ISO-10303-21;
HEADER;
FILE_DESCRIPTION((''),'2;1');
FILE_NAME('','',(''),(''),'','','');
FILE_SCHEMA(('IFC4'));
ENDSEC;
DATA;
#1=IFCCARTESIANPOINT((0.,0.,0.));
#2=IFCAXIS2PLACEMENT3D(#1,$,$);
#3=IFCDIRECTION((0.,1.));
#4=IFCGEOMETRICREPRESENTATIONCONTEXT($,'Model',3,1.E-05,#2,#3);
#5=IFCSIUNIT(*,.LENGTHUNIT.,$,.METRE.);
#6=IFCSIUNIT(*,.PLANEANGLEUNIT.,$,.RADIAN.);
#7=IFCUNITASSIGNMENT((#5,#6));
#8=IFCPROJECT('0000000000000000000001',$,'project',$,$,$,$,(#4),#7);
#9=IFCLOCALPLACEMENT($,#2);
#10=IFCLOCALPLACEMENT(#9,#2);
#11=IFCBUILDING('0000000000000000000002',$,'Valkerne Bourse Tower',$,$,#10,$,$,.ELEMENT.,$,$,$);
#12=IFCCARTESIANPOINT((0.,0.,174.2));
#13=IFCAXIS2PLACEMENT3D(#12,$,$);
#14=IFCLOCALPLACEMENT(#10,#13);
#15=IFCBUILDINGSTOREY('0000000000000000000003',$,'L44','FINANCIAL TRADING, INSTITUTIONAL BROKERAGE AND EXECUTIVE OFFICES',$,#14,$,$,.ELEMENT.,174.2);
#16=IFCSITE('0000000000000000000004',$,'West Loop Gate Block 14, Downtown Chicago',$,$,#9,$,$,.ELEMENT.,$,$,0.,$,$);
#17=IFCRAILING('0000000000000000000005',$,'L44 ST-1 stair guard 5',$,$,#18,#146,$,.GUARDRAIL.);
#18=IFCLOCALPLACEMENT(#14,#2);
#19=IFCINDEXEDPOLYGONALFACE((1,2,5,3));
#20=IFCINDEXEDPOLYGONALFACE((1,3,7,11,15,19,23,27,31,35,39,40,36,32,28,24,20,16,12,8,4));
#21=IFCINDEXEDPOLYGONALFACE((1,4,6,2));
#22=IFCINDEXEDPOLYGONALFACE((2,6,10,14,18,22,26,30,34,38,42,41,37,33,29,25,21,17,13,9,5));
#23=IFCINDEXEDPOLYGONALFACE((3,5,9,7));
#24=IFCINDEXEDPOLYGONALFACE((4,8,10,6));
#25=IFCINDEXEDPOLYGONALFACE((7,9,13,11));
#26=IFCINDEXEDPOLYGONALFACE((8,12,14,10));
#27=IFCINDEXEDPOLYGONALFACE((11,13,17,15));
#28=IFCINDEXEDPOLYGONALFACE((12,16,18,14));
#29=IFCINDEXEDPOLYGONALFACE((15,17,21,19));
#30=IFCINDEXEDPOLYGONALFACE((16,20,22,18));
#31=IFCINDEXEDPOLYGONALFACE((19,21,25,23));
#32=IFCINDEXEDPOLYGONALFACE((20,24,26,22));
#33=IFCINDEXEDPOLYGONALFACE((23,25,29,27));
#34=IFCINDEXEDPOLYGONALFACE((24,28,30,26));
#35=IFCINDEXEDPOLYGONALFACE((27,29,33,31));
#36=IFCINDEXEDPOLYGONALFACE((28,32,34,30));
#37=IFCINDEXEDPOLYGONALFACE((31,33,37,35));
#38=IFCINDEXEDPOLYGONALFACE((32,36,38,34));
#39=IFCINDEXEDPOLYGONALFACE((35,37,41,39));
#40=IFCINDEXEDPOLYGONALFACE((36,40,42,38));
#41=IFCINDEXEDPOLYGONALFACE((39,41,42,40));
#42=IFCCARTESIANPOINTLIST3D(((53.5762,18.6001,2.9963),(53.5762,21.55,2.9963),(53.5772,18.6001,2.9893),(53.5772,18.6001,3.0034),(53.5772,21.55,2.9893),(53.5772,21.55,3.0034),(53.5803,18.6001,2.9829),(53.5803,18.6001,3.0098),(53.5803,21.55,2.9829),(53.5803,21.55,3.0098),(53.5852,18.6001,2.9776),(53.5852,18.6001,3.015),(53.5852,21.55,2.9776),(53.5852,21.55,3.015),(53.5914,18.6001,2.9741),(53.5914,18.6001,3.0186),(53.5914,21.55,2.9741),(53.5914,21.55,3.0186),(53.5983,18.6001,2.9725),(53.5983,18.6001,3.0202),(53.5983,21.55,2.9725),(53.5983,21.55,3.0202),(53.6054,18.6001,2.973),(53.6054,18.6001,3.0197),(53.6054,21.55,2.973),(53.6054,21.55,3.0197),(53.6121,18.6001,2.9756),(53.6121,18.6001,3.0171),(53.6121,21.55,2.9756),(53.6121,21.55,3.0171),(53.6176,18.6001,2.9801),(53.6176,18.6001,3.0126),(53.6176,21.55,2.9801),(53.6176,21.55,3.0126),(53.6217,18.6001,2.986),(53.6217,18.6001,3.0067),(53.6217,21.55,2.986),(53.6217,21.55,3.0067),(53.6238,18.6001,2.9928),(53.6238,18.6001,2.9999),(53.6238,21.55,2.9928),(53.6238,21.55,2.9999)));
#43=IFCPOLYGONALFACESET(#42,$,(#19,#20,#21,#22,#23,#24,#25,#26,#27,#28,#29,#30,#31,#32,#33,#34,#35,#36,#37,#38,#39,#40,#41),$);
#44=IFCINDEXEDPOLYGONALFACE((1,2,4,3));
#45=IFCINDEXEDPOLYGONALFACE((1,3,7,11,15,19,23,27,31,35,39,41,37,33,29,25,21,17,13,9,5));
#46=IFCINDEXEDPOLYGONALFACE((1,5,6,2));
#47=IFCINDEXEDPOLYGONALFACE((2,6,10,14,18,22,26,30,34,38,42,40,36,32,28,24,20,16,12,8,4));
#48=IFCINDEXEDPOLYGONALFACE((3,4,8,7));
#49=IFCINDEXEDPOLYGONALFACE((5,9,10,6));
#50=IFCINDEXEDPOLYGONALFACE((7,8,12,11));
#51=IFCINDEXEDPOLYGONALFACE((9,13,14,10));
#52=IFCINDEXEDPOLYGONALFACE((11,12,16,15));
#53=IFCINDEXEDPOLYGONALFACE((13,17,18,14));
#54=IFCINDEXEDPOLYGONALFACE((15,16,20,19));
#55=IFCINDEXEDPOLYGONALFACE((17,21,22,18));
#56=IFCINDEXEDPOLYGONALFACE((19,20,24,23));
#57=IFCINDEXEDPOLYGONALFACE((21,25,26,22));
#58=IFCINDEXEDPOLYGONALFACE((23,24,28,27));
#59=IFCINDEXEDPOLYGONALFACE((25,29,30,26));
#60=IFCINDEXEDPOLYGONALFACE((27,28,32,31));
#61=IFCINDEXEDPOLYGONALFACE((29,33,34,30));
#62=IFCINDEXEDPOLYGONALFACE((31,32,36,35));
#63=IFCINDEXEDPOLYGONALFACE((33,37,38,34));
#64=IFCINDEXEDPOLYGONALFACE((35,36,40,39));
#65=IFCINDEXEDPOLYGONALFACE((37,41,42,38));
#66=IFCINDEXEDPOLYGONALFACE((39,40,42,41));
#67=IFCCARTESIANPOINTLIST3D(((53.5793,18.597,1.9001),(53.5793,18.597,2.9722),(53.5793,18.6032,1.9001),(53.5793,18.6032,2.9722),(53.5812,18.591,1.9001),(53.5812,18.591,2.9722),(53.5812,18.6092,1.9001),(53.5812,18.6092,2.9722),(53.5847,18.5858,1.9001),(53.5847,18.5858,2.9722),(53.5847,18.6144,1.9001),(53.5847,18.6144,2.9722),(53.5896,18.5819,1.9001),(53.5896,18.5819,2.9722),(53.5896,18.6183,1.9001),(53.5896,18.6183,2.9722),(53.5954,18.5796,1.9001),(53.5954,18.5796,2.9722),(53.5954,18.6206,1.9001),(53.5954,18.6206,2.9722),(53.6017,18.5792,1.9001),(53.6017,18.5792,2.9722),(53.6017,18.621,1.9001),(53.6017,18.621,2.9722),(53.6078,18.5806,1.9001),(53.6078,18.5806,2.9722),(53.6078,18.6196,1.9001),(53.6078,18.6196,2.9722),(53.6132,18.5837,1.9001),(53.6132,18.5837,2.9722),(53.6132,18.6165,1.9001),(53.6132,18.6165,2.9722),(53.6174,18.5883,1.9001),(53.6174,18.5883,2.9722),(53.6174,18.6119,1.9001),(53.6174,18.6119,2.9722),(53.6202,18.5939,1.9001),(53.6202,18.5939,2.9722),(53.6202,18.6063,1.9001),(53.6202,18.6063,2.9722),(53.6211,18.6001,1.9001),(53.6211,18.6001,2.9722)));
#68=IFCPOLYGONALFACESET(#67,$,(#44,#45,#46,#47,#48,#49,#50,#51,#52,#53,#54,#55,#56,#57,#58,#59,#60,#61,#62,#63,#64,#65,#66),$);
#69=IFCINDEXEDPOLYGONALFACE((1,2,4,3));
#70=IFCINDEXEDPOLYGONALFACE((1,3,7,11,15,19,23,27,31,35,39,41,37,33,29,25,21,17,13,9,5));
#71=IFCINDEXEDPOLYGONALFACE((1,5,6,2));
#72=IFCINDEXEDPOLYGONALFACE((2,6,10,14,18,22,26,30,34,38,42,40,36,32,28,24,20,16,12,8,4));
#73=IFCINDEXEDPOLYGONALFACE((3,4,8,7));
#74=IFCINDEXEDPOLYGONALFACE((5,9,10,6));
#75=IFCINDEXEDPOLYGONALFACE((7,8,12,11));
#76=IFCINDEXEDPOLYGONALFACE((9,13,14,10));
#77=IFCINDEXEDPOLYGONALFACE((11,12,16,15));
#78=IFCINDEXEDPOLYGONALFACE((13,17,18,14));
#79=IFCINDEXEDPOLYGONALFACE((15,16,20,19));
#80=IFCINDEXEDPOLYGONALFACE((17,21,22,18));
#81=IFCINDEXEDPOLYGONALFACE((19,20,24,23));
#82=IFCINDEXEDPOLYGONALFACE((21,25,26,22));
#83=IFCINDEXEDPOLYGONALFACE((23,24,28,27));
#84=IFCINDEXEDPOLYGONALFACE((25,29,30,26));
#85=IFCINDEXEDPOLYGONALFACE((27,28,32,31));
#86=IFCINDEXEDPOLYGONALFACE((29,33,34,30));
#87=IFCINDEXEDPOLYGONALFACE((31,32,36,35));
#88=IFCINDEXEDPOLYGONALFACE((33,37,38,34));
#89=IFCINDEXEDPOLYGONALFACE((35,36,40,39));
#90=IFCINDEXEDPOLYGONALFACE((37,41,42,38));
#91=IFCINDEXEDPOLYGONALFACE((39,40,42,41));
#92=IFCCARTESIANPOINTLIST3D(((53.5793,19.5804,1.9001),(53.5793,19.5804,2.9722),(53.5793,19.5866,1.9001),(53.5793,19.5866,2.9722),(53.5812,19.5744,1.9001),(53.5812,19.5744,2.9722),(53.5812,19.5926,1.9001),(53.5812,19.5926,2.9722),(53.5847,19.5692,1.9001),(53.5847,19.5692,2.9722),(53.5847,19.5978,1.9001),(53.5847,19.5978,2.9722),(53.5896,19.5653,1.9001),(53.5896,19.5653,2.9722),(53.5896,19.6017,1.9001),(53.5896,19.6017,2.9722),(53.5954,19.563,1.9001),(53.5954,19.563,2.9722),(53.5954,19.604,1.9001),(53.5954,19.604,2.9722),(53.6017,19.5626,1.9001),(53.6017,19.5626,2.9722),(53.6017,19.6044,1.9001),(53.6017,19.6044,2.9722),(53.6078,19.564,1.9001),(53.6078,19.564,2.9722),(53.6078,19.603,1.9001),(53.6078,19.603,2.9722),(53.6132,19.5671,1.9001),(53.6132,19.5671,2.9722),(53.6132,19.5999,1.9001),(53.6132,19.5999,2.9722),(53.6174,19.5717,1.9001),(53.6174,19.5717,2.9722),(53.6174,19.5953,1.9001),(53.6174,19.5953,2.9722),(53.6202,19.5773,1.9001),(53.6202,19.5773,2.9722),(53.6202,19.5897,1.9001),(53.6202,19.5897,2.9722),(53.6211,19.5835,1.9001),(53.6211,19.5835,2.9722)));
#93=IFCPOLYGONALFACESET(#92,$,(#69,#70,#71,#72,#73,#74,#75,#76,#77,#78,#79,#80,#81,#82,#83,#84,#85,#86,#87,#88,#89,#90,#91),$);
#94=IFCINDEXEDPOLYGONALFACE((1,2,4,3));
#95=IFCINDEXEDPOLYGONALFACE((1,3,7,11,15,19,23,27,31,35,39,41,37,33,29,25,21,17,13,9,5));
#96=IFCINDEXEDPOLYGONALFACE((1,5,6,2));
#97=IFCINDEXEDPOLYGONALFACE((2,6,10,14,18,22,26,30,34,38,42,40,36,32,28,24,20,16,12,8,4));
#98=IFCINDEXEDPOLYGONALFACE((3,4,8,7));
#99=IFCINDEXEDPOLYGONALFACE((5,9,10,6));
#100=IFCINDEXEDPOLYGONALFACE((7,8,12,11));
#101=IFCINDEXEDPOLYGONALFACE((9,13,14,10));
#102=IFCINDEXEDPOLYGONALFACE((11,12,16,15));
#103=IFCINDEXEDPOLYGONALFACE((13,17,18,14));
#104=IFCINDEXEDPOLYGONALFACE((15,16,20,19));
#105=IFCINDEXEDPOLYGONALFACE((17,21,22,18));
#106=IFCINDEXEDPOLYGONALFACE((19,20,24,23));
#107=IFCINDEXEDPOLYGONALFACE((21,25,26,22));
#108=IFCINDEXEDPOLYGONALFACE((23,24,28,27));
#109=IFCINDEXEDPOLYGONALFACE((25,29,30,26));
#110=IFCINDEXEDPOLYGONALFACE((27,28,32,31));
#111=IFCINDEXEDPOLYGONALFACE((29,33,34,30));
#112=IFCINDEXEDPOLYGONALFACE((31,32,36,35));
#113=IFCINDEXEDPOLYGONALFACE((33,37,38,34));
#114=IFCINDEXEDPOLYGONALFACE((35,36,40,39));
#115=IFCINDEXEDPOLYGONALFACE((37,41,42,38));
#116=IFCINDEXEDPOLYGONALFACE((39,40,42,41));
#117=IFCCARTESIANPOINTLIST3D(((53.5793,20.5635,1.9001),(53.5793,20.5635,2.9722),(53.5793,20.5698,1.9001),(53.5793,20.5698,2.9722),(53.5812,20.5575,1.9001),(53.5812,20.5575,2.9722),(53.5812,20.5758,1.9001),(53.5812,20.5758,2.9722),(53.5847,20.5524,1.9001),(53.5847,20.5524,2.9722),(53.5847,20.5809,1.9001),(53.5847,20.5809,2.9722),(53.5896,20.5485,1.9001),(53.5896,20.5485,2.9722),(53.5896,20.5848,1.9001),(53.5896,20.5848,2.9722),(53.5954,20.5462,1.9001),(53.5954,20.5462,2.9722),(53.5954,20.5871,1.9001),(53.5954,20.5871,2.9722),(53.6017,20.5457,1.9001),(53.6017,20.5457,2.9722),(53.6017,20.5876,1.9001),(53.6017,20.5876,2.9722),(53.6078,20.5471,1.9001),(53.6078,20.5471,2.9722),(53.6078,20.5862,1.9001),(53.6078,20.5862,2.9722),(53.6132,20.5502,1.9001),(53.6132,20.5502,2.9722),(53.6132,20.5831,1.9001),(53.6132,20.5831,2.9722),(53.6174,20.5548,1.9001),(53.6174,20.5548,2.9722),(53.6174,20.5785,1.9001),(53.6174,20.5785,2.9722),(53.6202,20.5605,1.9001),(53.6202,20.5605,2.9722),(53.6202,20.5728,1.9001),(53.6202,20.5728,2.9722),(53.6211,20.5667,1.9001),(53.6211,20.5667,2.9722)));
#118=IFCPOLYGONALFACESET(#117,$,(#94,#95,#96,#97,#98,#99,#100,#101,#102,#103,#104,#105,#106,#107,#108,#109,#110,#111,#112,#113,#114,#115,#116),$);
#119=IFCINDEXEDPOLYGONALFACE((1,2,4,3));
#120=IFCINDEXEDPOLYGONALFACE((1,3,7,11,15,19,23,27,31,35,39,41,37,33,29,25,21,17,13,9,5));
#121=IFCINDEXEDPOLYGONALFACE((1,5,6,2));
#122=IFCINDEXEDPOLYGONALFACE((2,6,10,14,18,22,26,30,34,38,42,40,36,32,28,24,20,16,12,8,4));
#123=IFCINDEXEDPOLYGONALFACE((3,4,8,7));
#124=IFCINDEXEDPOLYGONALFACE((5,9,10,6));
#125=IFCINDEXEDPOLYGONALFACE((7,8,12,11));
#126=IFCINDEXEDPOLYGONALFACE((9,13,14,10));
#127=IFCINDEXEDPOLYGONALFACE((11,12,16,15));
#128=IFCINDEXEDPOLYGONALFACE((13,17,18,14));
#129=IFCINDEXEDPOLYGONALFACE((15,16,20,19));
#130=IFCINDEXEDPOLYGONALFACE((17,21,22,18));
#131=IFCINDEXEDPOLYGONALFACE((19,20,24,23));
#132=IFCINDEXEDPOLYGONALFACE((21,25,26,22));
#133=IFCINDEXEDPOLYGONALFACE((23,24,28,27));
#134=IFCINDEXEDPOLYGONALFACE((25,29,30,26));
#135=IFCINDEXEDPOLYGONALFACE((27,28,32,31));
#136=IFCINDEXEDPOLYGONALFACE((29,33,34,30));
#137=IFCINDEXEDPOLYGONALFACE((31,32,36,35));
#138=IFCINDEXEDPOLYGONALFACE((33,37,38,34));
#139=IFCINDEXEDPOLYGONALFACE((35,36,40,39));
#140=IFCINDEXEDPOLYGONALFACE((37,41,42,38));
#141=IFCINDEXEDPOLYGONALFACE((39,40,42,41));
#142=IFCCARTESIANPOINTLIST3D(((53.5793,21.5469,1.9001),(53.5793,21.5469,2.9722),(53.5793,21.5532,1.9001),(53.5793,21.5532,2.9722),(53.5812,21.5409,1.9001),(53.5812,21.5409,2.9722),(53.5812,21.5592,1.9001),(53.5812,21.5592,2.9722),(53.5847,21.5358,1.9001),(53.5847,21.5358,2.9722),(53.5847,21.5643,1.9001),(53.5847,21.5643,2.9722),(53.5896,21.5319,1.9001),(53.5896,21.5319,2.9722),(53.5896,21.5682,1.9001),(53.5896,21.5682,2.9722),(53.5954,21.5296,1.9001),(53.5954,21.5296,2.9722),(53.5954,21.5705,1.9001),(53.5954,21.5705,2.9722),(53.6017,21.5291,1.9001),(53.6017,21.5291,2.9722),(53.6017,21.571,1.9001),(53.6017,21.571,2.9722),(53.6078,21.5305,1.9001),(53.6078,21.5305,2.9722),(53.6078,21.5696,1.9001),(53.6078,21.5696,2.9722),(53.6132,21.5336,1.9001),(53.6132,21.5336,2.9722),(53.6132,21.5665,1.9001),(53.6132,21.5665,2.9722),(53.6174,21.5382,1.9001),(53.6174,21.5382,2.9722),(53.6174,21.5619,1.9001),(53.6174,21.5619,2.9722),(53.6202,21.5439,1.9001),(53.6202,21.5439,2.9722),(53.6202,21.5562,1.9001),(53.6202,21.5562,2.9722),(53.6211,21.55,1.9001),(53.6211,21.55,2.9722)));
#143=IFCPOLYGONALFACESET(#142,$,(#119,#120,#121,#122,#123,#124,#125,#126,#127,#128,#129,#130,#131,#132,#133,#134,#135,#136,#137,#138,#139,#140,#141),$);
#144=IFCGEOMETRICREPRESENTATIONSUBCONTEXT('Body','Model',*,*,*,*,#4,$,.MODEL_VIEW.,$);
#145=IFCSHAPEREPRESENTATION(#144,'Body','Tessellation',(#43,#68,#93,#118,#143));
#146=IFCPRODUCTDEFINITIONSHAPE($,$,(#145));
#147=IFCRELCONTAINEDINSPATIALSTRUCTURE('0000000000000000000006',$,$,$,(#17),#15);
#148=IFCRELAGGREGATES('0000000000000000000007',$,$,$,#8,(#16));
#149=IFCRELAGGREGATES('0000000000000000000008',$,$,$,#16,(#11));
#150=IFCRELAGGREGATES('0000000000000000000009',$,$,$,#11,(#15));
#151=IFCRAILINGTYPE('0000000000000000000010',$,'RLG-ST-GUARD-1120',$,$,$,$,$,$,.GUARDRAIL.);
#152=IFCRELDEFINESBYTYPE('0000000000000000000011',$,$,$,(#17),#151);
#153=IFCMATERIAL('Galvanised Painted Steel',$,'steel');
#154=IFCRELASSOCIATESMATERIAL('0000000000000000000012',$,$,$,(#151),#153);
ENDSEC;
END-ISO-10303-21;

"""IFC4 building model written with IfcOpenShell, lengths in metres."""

from ifc_helpers import new_model, si_unit, direction, frame, origin, origin_2d, place, context, subcontext, project, spatial, circle, extrude, material, type_object, element, save


model = new_model("IFC4")

# Units and contexts
model_context = context("Model", 3, precision=1e-05, world=origin(), true_north=direction((0.0, 1.0)))
body_context = subcontext(model_context, "Body", "Model", "MODEL_VIEW")
ifc_project = project(units=[si_unit("LENGTHUNIT", "METRE"), si_unit("PLANEANGLEUNIT", "RADIAN")], contexts=[model_context])

# Site, building, storey
site_placement = place(None, origin())
site = spatial("IfcSite", under=ifc_project, at=site_placement, Name="West Loop Gate Block 14, Downtown Chicago", CompositionType="ELEMENT", RefElevation=0.0)
building_placement = place(site_placement, origin())
building = spatial("IfcBuilding", under=site, at=building_placement, Name="Valkerne Bourse Tower", CompositionType="ELEMENT")
storey_placement = place(building_placement, frame((0.0, 0.0, 174.2)))
storey = spatial("IfcBuildingStorey", under=building, at=storey_placement, Name="L44", Description="FINANCIAL TRADING, INSTITUTIONAL BROKERAGE AND EXECUTIVE OFFICES", CompositionType="ELEMENT", Elevation=174.2)

# Railing
ifc_material_1 = material(Name="Galvanised Painted Steel", Category="steel")
railing_type = type_object("IfcRailingType", Name="RLG-ST-GUARD-1120", PredefinedType="GUARDRAIL", material=ifc_material_1)
railing_1_placement = place(storey_placement, frame((53.6001, 18.6001, 1.9001)))
element("IfcRailing", 1, at=railing_1_placement, inside=storey, type_object=railing_type, Name="L44 ST-1 stair guard 5", PredefinedType="GUARDRAIL", context=body_context, shape_type="SweptSolid", body=[
    extrude(circle(Radius=0.0239, at=origin_2d()), frame((0.0, 0.0, 1.0962), z_axis=(0.0, 1.0, 0.0), x_axis=(-1.0, 0.0, 0.0)), (0.0, 0.0, 1.0), 2.95),
    extrude(circle(Radius=0.021, at=origin_2d()), origin(), (0.0, 0.0, 1.0), 1.072),
    extrude(circle(Radius=0.021, at=origin_2d()), frame((0.0, 0.9834, 0.0)), (0.0, 0.0, 1.0), 1.072),
    extrude(circle(Radius=0.021, at=origin_2d()), frame((0.0, 1.9666, 0.0)), (0.0, 0.0, 1.0), 1.072),
    extrude(circle(Radius=0.021, at=origin_2d()), frame((0.0, 2.95, 0.0)), (0.0, 0.0, 1.0), 1.072),
])

save(model, "model.ifc")
